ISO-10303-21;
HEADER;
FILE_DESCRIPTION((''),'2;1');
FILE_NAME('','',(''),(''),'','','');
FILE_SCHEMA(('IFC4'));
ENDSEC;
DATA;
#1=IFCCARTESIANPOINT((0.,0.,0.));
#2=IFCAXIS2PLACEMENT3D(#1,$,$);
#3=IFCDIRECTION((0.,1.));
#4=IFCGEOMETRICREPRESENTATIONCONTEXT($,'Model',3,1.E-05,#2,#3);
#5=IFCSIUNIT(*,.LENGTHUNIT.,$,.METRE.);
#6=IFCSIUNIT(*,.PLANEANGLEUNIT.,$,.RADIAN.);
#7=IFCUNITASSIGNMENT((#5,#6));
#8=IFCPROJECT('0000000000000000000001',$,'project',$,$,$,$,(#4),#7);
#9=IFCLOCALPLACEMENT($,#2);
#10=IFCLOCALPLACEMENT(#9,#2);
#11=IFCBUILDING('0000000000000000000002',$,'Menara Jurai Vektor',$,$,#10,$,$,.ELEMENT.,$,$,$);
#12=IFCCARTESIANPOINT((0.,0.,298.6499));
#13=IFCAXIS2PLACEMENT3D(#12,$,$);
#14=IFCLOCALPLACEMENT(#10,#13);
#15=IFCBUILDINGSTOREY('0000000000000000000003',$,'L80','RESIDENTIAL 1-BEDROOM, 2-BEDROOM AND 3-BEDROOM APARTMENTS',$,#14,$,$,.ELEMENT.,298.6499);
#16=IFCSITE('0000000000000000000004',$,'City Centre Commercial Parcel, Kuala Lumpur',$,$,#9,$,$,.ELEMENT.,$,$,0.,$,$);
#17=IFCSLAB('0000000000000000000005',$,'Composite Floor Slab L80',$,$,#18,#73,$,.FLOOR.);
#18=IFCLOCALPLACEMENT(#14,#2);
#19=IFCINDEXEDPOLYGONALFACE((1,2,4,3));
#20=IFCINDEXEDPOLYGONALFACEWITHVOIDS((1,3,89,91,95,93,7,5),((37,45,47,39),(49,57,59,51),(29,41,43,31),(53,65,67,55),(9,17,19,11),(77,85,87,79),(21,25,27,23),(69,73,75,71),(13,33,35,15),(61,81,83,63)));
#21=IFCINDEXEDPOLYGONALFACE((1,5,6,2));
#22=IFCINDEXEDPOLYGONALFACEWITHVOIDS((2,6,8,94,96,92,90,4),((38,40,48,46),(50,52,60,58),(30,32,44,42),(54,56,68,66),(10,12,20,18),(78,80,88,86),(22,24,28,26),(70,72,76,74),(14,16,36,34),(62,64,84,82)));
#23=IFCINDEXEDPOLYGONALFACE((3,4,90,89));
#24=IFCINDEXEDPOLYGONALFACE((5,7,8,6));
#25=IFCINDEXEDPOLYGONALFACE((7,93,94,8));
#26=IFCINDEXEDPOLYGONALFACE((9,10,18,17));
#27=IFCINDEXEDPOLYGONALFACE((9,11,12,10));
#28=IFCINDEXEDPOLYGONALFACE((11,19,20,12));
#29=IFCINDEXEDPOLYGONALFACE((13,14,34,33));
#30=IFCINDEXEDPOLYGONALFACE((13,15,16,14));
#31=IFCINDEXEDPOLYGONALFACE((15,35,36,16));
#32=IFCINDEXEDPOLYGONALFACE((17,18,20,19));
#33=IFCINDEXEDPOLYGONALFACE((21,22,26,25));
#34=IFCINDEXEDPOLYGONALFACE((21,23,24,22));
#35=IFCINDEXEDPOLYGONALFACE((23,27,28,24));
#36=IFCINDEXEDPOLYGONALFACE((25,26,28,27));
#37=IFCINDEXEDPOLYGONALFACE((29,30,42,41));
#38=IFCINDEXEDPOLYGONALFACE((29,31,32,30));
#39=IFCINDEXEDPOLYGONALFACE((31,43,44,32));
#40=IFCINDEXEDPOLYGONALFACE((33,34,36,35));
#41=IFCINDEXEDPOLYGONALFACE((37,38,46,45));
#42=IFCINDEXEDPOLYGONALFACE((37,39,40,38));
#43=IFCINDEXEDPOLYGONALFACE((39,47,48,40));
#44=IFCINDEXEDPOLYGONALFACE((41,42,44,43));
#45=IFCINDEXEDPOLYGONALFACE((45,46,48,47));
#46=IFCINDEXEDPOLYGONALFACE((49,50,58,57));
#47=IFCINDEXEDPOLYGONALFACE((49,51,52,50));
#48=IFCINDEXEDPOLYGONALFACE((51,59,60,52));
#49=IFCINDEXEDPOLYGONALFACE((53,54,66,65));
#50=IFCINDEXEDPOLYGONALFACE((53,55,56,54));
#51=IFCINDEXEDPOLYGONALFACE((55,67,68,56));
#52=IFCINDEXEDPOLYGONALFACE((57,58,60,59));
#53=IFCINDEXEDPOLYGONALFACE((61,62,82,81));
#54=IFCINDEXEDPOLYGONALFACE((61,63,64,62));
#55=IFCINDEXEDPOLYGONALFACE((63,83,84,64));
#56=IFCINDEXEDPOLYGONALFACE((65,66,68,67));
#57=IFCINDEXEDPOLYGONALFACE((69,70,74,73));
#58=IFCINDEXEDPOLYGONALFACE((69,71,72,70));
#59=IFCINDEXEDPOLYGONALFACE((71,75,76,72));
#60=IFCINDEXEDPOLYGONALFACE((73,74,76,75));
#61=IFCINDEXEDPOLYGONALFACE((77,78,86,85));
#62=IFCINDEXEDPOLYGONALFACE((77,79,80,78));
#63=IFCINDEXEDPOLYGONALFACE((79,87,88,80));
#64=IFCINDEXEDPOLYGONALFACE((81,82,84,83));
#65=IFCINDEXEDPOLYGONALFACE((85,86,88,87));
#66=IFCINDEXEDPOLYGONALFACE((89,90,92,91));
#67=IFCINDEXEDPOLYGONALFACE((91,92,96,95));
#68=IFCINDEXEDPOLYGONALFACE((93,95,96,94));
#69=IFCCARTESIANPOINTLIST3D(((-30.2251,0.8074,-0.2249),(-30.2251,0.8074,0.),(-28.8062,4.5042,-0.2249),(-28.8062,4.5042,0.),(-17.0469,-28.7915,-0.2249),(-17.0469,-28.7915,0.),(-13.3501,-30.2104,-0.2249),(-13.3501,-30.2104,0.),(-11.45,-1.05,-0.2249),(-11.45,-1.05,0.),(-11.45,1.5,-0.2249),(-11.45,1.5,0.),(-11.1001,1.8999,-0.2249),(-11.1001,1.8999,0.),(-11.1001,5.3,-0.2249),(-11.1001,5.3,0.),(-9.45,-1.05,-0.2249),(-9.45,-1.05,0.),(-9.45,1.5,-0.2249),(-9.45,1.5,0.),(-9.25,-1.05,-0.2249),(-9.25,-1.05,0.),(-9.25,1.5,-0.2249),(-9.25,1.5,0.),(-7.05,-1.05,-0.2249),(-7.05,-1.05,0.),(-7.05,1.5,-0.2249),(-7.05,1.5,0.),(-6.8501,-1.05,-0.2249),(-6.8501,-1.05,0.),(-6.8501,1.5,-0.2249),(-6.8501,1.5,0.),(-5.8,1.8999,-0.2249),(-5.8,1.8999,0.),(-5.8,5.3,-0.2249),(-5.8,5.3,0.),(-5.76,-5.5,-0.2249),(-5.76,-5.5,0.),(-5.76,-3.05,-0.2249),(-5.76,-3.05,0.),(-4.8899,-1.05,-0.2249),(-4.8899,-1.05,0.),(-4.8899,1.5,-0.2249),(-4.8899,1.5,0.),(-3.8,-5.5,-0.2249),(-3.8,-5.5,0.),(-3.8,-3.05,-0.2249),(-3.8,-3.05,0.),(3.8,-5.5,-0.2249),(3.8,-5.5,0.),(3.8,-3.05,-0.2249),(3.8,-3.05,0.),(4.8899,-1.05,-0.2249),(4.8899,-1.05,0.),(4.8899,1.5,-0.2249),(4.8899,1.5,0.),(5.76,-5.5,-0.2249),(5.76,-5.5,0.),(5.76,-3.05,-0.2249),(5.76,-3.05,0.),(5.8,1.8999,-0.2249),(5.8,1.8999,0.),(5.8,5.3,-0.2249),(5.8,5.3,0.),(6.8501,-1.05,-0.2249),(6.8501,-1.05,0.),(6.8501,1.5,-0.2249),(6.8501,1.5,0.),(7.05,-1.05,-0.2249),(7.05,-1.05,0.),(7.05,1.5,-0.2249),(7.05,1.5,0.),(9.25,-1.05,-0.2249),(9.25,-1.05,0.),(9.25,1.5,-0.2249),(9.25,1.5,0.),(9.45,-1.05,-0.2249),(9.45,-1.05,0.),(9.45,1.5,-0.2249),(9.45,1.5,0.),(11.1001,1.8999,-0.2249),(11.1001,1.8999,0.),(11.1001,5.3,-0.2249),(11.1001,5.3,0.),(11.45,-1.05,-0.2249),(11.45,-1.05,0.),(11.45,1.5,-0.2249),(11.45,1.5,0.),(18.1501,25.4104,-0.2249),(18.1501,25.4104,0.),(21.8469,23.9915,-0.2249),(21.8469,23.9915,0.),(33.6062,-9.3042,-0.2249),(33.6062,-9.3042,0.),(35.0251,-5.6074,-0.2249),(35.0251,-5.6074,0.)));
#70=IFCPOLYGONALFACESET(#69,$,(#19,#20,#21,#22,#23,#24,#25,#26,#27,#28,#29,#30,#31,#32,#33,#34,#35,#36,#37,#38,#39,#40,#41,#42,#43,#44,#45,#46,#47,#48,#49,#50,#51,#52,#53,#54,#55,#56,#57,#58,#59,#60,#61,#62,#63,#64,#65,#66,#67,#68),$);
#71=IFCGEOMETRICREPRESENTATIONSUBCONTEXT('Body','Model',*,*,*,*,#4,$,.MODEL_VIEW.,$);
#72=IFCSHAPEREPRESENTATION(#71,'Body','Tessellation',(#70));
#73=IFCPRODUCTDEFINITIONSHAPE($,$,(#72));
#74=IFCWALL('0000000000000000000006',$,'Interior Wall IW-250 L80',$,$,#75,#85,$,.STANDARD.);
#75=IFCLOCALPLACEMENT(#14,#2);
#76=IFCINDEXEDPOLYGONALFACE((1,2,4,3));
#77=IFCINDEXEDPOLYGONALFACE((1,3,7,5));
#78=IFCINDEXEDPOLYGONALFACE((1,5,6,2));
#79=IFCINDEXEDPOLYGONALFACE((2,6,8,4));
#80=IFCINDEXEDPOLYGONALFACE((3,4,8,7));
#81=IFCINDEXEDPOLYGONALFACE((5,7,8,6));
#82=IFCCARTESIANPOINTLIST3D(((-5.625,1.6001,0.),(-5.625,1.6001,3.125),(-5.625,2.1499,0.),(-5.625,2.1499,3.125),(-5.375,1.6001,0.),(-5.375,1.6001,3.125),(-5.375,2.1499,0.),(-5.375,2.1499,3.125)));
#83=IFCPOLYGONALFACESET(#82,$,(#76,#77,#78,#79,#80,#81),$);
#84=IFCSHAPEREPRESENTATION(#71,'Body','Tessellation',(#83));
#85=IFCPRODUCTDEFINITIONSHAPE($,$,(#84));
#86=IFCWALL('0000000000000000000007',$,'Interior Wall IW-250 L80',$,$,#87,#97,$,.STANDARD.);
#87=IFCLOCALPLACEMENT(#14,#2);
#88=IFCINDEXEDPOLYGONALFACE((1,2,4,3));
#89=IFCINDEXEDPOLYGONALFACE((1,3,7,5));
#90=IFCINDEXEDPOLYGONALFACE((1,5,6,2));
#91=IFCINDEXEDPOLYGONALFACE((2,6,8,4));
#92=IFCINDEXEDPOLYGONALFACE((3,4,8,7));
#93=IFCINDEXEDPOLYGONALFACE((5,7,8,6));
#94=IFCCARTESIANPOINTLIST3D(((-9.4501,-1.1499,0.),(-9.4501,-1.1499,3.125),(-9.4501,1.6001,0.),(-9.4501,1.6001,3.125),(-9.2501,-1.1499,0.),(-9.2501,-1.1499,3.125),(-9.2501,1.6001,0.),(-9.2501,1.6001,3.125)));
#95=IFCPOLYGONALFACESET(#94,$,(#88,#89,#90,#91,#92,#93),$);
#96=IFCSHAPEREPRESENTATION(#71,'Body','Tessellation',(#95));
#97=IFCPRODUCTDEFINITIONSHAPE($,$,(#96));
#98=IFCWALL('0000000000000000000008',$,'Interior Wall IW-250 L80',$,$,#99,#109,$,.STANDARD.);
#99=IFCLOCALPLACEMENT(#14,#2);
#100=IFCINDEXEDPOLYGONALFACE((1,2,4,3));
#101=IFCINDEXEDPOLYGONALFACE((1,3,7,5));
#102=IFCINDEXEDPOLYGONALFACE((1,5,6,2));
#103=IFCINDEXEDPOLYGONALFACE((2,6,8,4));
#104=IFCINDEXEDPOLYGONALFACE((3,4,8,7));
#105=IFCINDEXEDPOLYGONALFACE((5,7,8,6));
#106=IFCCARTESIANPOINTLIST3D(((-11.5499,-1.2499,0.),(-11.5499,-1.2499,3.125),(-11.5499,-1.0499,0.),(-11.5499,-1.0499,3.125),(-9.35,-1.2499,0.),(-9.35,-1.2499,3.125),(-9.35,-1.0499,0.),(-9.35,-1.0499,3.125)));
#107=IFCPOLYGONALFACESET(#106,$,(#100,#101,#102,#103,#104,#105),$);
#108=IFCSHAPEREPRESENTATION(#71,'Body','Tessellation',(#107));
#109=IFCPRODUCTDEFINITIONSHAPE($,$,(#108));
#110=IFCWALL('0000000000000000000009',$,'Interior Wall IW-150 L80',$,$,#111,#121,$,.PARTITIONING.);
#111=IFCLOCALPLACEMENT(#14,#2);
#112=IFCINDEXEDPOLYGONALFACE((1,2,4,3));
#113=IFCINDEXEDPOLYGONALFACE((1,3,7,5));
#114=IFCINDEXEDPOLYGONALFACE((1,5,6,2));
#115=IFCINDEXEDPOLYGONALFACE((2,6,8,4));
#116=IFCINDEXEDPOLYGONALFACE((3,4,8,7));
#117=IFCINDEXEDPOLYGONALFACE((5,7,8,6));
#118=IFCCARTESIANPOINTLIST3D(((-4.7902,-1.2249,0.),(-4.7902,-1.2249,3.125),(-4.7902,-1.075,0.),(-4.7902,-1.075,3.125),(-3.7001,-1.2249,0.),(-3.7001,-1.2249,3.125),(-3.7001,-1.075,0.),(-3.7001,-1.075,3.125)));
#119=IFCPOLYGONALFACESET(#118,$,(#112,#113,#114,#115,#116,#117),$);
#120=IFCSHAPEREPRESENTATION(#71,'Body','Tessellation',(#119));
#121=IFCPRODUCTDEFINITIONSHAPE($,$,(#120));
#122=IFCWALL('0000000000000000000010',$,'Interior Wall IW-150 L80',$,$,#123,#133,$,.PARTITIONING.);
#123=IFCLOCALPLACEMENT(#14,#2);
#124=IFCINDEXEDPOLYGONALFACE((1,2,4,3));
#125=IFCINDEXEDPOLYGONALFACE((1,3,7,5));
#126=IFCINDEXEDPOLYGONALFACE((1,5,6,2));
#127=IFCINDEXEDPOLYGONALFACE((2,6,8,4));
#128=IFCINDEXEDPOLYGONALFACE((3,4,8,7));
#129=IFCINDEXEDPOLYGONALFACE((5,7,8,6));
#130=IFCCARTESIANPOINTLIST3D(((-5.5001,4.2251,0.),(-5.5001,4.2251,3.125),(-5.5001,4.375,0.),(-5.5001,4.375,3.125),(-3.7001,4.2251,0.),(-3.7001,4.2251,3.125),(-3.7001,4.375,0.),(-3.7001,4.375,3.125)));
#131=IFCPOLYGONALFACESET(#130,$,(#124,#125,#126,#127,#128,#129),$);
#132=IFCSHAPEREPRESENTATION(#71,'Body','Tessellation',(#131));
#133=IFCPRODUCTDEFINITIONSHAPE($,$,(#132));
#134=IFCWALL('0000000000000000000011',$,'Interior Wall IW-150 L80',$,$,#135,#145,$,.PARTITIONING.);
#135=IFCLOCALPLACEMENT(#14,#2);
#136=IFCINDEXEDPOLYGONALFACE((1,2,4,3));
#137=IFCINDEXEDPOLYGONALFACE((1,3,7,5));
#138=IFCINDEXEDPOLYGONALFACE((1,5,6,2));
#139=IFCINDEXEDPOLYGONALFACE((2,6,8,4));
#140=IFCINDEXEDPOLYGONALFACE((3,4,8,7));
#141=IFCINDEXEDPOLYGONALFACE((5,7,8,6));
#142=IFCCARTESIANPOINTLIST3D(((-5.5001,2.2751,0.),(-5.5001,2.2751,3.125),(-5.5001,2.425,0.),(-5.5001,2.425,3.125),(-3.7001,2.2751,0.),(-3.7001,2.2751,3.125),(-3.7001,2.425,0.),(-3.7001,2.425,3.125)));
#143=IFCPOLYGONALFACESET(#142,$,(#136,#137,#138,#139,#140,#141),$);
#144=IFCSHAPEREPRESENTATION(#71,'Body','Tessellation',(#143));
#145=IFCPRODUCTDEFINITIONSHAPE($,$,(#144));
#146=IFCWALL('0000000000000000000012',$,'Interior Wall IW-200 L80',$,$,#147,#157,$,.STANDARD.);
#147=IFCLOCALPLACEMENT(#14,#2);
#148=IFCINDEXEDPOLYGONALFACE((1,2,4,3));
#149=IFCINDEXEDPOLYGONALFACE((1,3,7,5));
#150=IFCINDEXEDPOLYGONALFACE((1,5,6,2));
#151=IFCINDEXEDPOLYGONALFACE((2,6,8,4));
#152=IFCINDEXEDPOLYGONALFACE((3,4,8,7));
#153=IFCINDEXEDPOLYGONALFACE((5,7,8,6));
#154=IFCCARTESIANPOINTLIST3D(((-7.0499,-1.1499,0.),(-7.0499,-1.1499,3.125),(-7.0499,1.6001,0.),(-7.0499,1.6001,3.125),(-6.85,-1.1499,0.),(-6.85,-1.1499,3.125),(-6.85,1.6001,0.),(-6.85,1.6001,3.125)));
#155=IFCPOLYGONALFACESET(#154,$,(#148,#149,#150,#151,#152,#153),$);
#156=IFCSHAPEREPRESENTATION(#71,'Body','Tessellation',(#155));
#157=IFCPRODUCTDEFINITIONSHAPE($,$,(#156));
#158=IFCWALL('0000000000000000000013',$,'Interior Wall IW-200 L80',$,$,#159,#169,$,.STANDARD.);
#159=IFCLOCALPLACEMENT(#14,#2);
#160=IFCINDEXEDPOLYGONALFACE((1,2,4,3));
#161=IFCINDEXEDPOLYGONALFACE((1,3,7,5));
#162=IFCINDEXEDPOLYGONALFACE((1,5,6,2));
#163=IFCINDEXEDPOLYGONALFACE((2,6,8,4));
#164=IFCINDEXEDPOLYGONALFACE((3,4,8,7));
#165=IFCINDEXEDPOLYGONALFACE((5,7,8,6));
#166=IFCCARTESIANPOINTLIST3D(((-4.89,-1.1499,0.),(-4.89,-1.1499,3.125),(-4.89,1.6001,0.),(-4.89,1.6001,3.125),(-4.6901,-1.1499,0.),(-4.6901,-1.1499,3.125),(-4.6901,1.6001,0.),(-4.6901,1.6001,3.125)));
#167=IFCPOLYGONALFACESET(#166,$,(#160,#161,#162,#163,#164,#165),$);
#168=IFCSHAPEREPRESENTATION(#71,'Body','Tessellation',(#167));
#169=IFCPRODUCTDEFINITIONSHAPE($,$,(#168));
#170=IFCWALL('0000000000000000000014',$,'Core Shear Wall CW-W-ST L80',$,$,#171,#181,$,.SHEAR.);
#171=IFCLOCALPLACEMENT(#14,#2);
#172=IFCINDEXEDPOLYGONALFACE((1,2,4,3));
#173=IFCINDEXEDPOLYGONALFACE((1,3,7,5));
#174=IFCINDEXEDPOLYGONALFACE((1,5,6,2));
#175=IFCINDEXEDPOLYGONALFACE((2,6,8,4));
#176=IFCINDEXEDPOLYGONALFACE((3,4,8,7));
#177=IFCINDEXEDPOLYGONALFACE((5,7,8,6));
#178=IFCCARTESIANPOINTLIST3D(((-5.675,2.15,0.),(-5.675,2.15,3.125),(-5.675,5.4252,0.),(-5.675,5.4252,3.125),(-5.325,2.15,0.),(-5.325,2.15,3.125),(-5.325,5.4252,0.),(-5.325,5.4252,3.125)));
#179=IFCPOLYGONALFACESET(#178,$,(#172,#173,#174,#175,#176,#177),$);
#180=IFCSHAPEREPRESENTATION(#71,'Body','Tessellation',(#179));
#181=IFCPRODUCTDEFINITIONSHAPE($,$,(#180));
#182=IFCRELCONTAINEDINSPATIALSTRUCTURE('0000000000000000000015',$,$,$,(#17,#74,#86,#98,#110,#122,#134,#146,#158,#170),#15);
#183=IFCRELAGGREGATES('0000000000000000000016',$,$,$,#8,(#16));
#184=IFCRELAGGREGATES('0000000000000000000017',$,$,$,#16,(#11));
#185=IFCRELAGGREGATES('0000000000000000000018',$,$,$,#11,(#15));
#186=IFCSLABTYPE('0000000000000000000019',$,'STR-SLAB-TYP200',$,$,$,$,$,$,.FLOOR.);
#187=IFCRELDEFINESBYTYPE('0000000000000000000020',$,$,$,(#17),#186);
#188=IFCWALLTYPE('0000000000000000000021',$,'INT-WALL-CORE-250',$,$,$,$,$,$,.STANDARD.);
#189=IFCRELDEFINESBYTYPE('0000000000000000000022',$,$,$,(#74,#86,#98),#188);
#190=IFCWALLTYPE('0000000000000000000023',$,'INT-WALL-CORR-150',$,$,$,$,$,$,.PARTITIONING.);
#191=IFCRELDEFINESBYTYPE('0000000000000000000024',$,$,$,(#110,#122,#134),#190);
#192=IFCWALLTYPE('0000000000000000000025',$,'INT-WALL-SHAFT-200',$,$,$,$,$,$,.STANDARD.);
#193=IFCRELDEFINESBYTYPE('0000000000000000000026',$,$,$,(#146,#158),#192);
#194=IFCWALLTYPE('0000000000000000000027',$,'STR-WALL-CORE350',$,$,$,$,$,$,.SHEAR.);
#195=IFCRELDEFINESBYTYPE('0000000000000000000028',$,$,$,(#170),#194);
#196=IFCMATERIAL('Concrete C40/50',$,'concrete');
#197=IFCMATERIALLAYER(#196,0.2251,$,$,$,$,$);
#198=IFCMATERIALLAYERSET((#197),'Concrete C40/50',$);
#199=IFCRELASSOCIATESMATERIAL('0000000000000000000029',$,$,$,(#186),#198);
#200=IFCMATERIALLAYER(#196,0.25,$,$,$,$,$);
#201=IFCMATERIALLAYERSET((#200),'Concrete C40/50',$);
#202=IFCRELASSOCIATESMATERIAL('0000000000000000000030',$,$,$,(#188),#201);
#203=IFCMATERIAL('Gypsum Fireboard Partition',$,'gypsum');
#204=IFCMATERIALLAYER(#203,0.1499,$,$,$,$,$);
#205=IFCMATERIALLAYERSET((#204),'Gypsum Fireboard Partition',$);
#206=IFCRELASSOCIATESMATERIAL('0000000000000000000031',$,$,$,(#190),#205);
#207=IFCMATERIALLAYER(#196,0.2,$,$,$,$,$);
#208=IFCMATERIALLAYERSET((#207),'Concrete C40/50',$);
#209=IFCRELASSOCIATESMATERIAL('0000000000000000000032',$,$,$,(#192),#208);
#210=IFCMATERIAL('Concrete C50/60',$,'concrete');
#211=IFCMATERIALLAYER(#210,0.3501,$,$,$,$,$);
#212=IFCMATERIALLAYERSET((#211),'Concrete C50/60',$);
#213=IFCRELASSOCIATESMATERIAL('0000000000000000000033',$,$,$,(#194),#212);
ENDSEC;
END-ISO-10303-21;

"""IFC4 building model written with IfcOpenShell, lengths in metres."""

from ifc_helpers import new_model, si_unit, direction, frame, frame_2d, origin, place, context, subcontext, project, spatial, polyline, rectangle, outline, extrude, material, layer, layer_set, type_object, element, save


model = new_model("IFC4")

# Units and contexts
model_context = context("Model", 3, precision=1e-05, world=origin(), true_north=direction((0.0, 1.0)))
body_context = subcontext(model_context, "Body", "Model", "MODEL_VIEW")
ifc_project = project(units=[si_unit("LENGTHUNIT", "METRE"), si_unit("PLANEANGLEUNIT", "RADIAN")], contexts=[model_context])

# Site, building, storey
site_placement = place(None, origin())
site = spatial("IfcSite", under=ifc_project, at=site_placement, Name="City Centre Commercial Parcel, Kuala Lumpur", CompositionType="ELEMENT", RefElevation=0.0)
building_placement = place(site_placement, origin())
building = spatial("IfcBuilding", under=site, at=building_placement, Name="Menara Jurai Vektor", CompositionType="ELEMENT")
storey_placement = place(building_placement, frame((0.0, 0.0, 298.6499)))
storey = spatial("IfcBuildingStorey", under=building, at=storey_placement, Name="L80", Description="RESIDENTIAL 1-BEDROOM, 2-BEDROOM AND 3-BEDROOM APARTMENTS", CompositionType="ELEMENT", Elevation=298.6499)

# Shared definitions
ifc_material_1 = material(Name="Concrete C50/60", Category="concrete")

# Shared definitions
ifc_material_2 = material(Name="Concrete C40/50", Category="concrete")

# Slab
ifc_layer_1 = layer(ifc_material_2, 0.2251)
ifc_layer_set_1 = layer_set([ifc_layer_1], Name="Concrete C40/50")
slab_type_1 = type_object("IfcSlabType", Name="STR-SLAB-TYP200", PredefinedType="FLOOR", material=ifc_layer_set_1)
slab_1_placement = place(storey_placement, frame((0.0, 0.0, -0.2249)))
element("IfcSlab", 1, at=slab_1_placement, inside=storey, type_object=slab_type_1, Name="Composite Floor Slab L80", PredefinedType="FLOOR", context=body_context, shape_type="SweptSolid", body=[
    extrude(outline(polyline([(-13.3501, -30.2104), (33.6062, -9.3042), (35.0251, -5.6074), (21.8469, 23.9915), (18.1501, 25.4104), (-28.8062, 4.5042), (-30.2251, 0.8074), (-17.0469, -28.7915), (-13.3501, -30.2104)]), holes=[polyline([(-11.1001, 1.8999), (-11.1001, 5.3), (-5.8, 5.3), (-5.8, 1.8999), (-11.1001, 1.8999)]), polyline([(5.8, 1.8999), (5.8, 5.3), (11.1001, 5.3), (11.1001, 1.8999), (5.8, 1.8999)]), polyline([(-11.45, -1.05), (-11.45, 1.5), (-9.45, 1.5), (-9.45, -1.05), (-11.45, -1.05)]), polyline([(9.45, -1.05), (9.45, 1.5), (11.45, 1.5), (11.45, -1.05), (9.45, -1.05)]), polyline([(-5.76, -5.5), (-5.76, -3.05), (-3.8, -3.05), (-3.8, -5.5), (-5.76, -5.5)]), polyline([(-6.8501, -1.05), (-6.8501, 1.5), (-4.8899, 1.5), (-4.8899, -1.05), (-6.8501, -1.05)]), polyline([(3.8, -5.5), (3.8, -3.05), (5.76, -3.05), (5.76, -5.5), (3.8, -5.5)]), polyline([(4.8899, -1.05), (4.8899, 1.5), (6.8501, 1.5), (6.8501, -1.05), (4.8899, -1.05)]), polyline([(-9.25, -1.05), (-9.25, 1.5), (-7.05, 1.5), (-7.05, -1.05), (-9.25, -1.05)]), polyline([(7.05, -1.05), (7.05, 1.5), (9.25, 1.5), (9.25, -1.05), (7.05, -1.05)])]), origin(), (0.0, 0.0, 1.0), 0.2249),
])

# Wall
ifc_layer_2 = layer(ifc_material_2, 0.25)
ifc_layer_set_2 = layer_set([ifc_layer_2], Name="Concrete C40/50")
wall_type_1 = type_object("IfcWallType", Name="INT-WALL-CORE-250", PredefinedType="STANDARD", material=ifc_layer_set_2)
wall_1_placement = place(storey_placement, frame((-5.5, 1.6001, 0.0), z_axis=(0.0, 0.0, 1.0), x_axis=(0.0, 1.0, 0.0)))
element("IfcWall", 2, at=wall_1_placement, inside=storey, type_object=wall_type_1, Name="Interior Wall IW-250 L80", PredefinedType="STANDARD", context=body_context, shape_type="SweptSolid", body=[
    extrude(rectangle(XDim=0.5498, YDim=0.25, at=frame_2d((0.2749, 0.0))), origin(), (0.0, 0.0, 1.0), 3.125),
])

# Walls
wall_2_placement = place(storey_placement, frame((-9.3501, -1.1499, 0.0), z_axis=(0.0, 0.0, 1.0), x_axis=(0.0, 1.0, 0.0)))
element("IfcWall", 3, at=wall_2_placement, inside=storey, type_object=wall_type_1, Name="Interior Wall IW-250 L80", PredefinedType="STANDARD", context=body_context, shape_type="SweptSolid", body=[
    extrude(rectangle(XDim=2.75, YDim=0.2, at=frame_2d((1.375, 0.0))), origin(), (0.0, 0.0, 1.0), 3.125),
])
wall_3_placement = place(storey_placement, frame((-11.55, -1.1499, 0.0), z_axis=(0.0, 0.0, 1.0), x_axis=(1.0, 0.0, 0.0)))
element("IfcWall", 4, at=wall_3_placement, inside=storey, type_object=wall_type_1, Name="Interior Wall IW-250 L80", PredefinedType="STANDARD", context=body_context, shape_type="SweptSolid", body=[
    extrude(rectangle(XDim=2.2, YDim=0.2, at=frame_2d((1.1001, 0.0))), origin(), (0.0, 0.0, 1.0), 3.125),
])
ifc_material_3 = material(Name="Gypsum Fireboard Partition", Category="gypsum")
ifc_layer_3 = layer(ifc_material_3, 0.1499)
ifc_layer_set_3 = layer_set([ifc_layer_3], Name="Gypsum Fireboard Partition")
wall_type_2 = type_object("IfcWallType", Name="INT-WALL-CORR-150", PredefinedType="PARTITIONING", material=ifc_layer_set_3)
wall_4_placement = place(storey_placement, frame((-4.79, -1.1499, 0.0), z_axis=(0.0, 0.0, 1.0), x_axis=(1.0, 0.0, 0.0)))
element("IfcWall", 5, at=wall_4_placement, inside=storey, type_object=wall_type_2, Name="Interior Wall IW-150 L80", PredefinedType="PARTITIONING", context=body_context, shape_type="SweptSolid", body=[
    extrude(rectangle(XDim=1.0901, YDim=0.1499, at=frame_2d((0.5449, 0.0))), origin(), (0.0, 0.0, 1.0), 3.125),
])
for number, where, z_axis, x_axis, name in (
    (6, (-5.5, 4.3, 0.0), (0.0, 0.0, 1.0), (1.0, 0.0, 0.0), "Interior Wall IW-150 L80"),
    (7, (-5.5, 2.3501, 0.0), (0.0, 0.0, 1.0), (1.0, 0.0, 0.0), "Interior Wall IW-150 L80"),
):
    element("IfcWall", number, at=place(storey_placement, frame(where, z_axis=z_axis, x_axis=x_axis)), inside=storey, type_object=wall_type_2, Name=name, PredefinedType="PARTITIONING", context=body_context, shape_type="SweptSolid", body=[
        extrude(rectangle(XDim=1.8, YDim=0.1499, at=frame_2d((0.8999, 0.0))), origin(), (0.0, 0.0, 1.0), 3.125),
    ])

# Shared definitions
ifc_layer_4 = layer(ifc_material_2, 0.2)
ifc_layer_set_4 = layer_set([ifc_layer_4], Name="Concrete C40/50")
wall_type_3 = type_object("IfcWallType", Name="INT-WALL-SHAFT-200", PredefinedType="STANDARD", material=ifc_layer_set_4)

# Wall
wall_5_placement = place(storey_placement, frame((-6.95, -1.1499, 0.0), z_axis=(0.0, 0.0, 1.0), x_axis=(0.0, 1.0, 0.0)))
element("IfcWall", 8, at=wall_5_placement, inside=storey, type_object=wall_type_3, Name="Interior Wall IW-200 L80", PredefinedType="STANDARD", context=body_context, shape_type="SweptSolid", body=[
    extrude(rectangle(XDim=2.75, YDim=0.2, at=frame_2d((1.375, 0.0))), origin(), (0.0, 0.0, 1.0), 3.125),
])

# Wall
wall_6_placement = place(storey_placement, frame((-4.79, -1.1499, 0.0), z_axis=(0.0, 0.0, 1.0), x_axis=(0.0, 1.0, 0.0)))
element("IfcWall", 9, at=wall_6_placement, inside=storey, type_object=wall_type_3, Name="Interior Wall IW-200 L80", PredefinedType="STANDARD", context=body_context, shape_type="SweptSolid", body=[
    extrude(rectangle(XDim=2.75, YDim=0.2, at=frame_2d((1.375, 0.0))), origin(), (0.0, 0.0, 1.0), 3.125),
])

# Wall
ifc_layer_5 = layer(ifc_material_1, 0.3501)
ifc_layer_set_5 = layer_set([ifc_layer_5], Name="Concrete C50/60")
wall_type_4 = type_object("IfcWallType", Name="STR-WALL-CORE350", PredefinedType="SHEAR", material=ifc_layer_set_5)
wall_7_placement = place(storey_placement, frame((-5.5, 2.1499, 0.0), z_axis=(0.0, 0.0, 1.0), x_axis=(0.0, 1.0, 0.0)))
element("IfcWall", 10, at=wall_7_placement, inside=storey, type_object=wall_type_4, Name="Core Shear Wall CW-W-ST L80", PredefinedType="SHEAR", context=body_context, shape_type="SweptSolid", body=[
    extrude(rectangle(XDim=3.2751, YDim=0.3501, at=frame_2d((1.6377, 0.0))), origin(), (0.0, 0.0, 1.0), 3.125),
])

save(model, "model.ifc")
